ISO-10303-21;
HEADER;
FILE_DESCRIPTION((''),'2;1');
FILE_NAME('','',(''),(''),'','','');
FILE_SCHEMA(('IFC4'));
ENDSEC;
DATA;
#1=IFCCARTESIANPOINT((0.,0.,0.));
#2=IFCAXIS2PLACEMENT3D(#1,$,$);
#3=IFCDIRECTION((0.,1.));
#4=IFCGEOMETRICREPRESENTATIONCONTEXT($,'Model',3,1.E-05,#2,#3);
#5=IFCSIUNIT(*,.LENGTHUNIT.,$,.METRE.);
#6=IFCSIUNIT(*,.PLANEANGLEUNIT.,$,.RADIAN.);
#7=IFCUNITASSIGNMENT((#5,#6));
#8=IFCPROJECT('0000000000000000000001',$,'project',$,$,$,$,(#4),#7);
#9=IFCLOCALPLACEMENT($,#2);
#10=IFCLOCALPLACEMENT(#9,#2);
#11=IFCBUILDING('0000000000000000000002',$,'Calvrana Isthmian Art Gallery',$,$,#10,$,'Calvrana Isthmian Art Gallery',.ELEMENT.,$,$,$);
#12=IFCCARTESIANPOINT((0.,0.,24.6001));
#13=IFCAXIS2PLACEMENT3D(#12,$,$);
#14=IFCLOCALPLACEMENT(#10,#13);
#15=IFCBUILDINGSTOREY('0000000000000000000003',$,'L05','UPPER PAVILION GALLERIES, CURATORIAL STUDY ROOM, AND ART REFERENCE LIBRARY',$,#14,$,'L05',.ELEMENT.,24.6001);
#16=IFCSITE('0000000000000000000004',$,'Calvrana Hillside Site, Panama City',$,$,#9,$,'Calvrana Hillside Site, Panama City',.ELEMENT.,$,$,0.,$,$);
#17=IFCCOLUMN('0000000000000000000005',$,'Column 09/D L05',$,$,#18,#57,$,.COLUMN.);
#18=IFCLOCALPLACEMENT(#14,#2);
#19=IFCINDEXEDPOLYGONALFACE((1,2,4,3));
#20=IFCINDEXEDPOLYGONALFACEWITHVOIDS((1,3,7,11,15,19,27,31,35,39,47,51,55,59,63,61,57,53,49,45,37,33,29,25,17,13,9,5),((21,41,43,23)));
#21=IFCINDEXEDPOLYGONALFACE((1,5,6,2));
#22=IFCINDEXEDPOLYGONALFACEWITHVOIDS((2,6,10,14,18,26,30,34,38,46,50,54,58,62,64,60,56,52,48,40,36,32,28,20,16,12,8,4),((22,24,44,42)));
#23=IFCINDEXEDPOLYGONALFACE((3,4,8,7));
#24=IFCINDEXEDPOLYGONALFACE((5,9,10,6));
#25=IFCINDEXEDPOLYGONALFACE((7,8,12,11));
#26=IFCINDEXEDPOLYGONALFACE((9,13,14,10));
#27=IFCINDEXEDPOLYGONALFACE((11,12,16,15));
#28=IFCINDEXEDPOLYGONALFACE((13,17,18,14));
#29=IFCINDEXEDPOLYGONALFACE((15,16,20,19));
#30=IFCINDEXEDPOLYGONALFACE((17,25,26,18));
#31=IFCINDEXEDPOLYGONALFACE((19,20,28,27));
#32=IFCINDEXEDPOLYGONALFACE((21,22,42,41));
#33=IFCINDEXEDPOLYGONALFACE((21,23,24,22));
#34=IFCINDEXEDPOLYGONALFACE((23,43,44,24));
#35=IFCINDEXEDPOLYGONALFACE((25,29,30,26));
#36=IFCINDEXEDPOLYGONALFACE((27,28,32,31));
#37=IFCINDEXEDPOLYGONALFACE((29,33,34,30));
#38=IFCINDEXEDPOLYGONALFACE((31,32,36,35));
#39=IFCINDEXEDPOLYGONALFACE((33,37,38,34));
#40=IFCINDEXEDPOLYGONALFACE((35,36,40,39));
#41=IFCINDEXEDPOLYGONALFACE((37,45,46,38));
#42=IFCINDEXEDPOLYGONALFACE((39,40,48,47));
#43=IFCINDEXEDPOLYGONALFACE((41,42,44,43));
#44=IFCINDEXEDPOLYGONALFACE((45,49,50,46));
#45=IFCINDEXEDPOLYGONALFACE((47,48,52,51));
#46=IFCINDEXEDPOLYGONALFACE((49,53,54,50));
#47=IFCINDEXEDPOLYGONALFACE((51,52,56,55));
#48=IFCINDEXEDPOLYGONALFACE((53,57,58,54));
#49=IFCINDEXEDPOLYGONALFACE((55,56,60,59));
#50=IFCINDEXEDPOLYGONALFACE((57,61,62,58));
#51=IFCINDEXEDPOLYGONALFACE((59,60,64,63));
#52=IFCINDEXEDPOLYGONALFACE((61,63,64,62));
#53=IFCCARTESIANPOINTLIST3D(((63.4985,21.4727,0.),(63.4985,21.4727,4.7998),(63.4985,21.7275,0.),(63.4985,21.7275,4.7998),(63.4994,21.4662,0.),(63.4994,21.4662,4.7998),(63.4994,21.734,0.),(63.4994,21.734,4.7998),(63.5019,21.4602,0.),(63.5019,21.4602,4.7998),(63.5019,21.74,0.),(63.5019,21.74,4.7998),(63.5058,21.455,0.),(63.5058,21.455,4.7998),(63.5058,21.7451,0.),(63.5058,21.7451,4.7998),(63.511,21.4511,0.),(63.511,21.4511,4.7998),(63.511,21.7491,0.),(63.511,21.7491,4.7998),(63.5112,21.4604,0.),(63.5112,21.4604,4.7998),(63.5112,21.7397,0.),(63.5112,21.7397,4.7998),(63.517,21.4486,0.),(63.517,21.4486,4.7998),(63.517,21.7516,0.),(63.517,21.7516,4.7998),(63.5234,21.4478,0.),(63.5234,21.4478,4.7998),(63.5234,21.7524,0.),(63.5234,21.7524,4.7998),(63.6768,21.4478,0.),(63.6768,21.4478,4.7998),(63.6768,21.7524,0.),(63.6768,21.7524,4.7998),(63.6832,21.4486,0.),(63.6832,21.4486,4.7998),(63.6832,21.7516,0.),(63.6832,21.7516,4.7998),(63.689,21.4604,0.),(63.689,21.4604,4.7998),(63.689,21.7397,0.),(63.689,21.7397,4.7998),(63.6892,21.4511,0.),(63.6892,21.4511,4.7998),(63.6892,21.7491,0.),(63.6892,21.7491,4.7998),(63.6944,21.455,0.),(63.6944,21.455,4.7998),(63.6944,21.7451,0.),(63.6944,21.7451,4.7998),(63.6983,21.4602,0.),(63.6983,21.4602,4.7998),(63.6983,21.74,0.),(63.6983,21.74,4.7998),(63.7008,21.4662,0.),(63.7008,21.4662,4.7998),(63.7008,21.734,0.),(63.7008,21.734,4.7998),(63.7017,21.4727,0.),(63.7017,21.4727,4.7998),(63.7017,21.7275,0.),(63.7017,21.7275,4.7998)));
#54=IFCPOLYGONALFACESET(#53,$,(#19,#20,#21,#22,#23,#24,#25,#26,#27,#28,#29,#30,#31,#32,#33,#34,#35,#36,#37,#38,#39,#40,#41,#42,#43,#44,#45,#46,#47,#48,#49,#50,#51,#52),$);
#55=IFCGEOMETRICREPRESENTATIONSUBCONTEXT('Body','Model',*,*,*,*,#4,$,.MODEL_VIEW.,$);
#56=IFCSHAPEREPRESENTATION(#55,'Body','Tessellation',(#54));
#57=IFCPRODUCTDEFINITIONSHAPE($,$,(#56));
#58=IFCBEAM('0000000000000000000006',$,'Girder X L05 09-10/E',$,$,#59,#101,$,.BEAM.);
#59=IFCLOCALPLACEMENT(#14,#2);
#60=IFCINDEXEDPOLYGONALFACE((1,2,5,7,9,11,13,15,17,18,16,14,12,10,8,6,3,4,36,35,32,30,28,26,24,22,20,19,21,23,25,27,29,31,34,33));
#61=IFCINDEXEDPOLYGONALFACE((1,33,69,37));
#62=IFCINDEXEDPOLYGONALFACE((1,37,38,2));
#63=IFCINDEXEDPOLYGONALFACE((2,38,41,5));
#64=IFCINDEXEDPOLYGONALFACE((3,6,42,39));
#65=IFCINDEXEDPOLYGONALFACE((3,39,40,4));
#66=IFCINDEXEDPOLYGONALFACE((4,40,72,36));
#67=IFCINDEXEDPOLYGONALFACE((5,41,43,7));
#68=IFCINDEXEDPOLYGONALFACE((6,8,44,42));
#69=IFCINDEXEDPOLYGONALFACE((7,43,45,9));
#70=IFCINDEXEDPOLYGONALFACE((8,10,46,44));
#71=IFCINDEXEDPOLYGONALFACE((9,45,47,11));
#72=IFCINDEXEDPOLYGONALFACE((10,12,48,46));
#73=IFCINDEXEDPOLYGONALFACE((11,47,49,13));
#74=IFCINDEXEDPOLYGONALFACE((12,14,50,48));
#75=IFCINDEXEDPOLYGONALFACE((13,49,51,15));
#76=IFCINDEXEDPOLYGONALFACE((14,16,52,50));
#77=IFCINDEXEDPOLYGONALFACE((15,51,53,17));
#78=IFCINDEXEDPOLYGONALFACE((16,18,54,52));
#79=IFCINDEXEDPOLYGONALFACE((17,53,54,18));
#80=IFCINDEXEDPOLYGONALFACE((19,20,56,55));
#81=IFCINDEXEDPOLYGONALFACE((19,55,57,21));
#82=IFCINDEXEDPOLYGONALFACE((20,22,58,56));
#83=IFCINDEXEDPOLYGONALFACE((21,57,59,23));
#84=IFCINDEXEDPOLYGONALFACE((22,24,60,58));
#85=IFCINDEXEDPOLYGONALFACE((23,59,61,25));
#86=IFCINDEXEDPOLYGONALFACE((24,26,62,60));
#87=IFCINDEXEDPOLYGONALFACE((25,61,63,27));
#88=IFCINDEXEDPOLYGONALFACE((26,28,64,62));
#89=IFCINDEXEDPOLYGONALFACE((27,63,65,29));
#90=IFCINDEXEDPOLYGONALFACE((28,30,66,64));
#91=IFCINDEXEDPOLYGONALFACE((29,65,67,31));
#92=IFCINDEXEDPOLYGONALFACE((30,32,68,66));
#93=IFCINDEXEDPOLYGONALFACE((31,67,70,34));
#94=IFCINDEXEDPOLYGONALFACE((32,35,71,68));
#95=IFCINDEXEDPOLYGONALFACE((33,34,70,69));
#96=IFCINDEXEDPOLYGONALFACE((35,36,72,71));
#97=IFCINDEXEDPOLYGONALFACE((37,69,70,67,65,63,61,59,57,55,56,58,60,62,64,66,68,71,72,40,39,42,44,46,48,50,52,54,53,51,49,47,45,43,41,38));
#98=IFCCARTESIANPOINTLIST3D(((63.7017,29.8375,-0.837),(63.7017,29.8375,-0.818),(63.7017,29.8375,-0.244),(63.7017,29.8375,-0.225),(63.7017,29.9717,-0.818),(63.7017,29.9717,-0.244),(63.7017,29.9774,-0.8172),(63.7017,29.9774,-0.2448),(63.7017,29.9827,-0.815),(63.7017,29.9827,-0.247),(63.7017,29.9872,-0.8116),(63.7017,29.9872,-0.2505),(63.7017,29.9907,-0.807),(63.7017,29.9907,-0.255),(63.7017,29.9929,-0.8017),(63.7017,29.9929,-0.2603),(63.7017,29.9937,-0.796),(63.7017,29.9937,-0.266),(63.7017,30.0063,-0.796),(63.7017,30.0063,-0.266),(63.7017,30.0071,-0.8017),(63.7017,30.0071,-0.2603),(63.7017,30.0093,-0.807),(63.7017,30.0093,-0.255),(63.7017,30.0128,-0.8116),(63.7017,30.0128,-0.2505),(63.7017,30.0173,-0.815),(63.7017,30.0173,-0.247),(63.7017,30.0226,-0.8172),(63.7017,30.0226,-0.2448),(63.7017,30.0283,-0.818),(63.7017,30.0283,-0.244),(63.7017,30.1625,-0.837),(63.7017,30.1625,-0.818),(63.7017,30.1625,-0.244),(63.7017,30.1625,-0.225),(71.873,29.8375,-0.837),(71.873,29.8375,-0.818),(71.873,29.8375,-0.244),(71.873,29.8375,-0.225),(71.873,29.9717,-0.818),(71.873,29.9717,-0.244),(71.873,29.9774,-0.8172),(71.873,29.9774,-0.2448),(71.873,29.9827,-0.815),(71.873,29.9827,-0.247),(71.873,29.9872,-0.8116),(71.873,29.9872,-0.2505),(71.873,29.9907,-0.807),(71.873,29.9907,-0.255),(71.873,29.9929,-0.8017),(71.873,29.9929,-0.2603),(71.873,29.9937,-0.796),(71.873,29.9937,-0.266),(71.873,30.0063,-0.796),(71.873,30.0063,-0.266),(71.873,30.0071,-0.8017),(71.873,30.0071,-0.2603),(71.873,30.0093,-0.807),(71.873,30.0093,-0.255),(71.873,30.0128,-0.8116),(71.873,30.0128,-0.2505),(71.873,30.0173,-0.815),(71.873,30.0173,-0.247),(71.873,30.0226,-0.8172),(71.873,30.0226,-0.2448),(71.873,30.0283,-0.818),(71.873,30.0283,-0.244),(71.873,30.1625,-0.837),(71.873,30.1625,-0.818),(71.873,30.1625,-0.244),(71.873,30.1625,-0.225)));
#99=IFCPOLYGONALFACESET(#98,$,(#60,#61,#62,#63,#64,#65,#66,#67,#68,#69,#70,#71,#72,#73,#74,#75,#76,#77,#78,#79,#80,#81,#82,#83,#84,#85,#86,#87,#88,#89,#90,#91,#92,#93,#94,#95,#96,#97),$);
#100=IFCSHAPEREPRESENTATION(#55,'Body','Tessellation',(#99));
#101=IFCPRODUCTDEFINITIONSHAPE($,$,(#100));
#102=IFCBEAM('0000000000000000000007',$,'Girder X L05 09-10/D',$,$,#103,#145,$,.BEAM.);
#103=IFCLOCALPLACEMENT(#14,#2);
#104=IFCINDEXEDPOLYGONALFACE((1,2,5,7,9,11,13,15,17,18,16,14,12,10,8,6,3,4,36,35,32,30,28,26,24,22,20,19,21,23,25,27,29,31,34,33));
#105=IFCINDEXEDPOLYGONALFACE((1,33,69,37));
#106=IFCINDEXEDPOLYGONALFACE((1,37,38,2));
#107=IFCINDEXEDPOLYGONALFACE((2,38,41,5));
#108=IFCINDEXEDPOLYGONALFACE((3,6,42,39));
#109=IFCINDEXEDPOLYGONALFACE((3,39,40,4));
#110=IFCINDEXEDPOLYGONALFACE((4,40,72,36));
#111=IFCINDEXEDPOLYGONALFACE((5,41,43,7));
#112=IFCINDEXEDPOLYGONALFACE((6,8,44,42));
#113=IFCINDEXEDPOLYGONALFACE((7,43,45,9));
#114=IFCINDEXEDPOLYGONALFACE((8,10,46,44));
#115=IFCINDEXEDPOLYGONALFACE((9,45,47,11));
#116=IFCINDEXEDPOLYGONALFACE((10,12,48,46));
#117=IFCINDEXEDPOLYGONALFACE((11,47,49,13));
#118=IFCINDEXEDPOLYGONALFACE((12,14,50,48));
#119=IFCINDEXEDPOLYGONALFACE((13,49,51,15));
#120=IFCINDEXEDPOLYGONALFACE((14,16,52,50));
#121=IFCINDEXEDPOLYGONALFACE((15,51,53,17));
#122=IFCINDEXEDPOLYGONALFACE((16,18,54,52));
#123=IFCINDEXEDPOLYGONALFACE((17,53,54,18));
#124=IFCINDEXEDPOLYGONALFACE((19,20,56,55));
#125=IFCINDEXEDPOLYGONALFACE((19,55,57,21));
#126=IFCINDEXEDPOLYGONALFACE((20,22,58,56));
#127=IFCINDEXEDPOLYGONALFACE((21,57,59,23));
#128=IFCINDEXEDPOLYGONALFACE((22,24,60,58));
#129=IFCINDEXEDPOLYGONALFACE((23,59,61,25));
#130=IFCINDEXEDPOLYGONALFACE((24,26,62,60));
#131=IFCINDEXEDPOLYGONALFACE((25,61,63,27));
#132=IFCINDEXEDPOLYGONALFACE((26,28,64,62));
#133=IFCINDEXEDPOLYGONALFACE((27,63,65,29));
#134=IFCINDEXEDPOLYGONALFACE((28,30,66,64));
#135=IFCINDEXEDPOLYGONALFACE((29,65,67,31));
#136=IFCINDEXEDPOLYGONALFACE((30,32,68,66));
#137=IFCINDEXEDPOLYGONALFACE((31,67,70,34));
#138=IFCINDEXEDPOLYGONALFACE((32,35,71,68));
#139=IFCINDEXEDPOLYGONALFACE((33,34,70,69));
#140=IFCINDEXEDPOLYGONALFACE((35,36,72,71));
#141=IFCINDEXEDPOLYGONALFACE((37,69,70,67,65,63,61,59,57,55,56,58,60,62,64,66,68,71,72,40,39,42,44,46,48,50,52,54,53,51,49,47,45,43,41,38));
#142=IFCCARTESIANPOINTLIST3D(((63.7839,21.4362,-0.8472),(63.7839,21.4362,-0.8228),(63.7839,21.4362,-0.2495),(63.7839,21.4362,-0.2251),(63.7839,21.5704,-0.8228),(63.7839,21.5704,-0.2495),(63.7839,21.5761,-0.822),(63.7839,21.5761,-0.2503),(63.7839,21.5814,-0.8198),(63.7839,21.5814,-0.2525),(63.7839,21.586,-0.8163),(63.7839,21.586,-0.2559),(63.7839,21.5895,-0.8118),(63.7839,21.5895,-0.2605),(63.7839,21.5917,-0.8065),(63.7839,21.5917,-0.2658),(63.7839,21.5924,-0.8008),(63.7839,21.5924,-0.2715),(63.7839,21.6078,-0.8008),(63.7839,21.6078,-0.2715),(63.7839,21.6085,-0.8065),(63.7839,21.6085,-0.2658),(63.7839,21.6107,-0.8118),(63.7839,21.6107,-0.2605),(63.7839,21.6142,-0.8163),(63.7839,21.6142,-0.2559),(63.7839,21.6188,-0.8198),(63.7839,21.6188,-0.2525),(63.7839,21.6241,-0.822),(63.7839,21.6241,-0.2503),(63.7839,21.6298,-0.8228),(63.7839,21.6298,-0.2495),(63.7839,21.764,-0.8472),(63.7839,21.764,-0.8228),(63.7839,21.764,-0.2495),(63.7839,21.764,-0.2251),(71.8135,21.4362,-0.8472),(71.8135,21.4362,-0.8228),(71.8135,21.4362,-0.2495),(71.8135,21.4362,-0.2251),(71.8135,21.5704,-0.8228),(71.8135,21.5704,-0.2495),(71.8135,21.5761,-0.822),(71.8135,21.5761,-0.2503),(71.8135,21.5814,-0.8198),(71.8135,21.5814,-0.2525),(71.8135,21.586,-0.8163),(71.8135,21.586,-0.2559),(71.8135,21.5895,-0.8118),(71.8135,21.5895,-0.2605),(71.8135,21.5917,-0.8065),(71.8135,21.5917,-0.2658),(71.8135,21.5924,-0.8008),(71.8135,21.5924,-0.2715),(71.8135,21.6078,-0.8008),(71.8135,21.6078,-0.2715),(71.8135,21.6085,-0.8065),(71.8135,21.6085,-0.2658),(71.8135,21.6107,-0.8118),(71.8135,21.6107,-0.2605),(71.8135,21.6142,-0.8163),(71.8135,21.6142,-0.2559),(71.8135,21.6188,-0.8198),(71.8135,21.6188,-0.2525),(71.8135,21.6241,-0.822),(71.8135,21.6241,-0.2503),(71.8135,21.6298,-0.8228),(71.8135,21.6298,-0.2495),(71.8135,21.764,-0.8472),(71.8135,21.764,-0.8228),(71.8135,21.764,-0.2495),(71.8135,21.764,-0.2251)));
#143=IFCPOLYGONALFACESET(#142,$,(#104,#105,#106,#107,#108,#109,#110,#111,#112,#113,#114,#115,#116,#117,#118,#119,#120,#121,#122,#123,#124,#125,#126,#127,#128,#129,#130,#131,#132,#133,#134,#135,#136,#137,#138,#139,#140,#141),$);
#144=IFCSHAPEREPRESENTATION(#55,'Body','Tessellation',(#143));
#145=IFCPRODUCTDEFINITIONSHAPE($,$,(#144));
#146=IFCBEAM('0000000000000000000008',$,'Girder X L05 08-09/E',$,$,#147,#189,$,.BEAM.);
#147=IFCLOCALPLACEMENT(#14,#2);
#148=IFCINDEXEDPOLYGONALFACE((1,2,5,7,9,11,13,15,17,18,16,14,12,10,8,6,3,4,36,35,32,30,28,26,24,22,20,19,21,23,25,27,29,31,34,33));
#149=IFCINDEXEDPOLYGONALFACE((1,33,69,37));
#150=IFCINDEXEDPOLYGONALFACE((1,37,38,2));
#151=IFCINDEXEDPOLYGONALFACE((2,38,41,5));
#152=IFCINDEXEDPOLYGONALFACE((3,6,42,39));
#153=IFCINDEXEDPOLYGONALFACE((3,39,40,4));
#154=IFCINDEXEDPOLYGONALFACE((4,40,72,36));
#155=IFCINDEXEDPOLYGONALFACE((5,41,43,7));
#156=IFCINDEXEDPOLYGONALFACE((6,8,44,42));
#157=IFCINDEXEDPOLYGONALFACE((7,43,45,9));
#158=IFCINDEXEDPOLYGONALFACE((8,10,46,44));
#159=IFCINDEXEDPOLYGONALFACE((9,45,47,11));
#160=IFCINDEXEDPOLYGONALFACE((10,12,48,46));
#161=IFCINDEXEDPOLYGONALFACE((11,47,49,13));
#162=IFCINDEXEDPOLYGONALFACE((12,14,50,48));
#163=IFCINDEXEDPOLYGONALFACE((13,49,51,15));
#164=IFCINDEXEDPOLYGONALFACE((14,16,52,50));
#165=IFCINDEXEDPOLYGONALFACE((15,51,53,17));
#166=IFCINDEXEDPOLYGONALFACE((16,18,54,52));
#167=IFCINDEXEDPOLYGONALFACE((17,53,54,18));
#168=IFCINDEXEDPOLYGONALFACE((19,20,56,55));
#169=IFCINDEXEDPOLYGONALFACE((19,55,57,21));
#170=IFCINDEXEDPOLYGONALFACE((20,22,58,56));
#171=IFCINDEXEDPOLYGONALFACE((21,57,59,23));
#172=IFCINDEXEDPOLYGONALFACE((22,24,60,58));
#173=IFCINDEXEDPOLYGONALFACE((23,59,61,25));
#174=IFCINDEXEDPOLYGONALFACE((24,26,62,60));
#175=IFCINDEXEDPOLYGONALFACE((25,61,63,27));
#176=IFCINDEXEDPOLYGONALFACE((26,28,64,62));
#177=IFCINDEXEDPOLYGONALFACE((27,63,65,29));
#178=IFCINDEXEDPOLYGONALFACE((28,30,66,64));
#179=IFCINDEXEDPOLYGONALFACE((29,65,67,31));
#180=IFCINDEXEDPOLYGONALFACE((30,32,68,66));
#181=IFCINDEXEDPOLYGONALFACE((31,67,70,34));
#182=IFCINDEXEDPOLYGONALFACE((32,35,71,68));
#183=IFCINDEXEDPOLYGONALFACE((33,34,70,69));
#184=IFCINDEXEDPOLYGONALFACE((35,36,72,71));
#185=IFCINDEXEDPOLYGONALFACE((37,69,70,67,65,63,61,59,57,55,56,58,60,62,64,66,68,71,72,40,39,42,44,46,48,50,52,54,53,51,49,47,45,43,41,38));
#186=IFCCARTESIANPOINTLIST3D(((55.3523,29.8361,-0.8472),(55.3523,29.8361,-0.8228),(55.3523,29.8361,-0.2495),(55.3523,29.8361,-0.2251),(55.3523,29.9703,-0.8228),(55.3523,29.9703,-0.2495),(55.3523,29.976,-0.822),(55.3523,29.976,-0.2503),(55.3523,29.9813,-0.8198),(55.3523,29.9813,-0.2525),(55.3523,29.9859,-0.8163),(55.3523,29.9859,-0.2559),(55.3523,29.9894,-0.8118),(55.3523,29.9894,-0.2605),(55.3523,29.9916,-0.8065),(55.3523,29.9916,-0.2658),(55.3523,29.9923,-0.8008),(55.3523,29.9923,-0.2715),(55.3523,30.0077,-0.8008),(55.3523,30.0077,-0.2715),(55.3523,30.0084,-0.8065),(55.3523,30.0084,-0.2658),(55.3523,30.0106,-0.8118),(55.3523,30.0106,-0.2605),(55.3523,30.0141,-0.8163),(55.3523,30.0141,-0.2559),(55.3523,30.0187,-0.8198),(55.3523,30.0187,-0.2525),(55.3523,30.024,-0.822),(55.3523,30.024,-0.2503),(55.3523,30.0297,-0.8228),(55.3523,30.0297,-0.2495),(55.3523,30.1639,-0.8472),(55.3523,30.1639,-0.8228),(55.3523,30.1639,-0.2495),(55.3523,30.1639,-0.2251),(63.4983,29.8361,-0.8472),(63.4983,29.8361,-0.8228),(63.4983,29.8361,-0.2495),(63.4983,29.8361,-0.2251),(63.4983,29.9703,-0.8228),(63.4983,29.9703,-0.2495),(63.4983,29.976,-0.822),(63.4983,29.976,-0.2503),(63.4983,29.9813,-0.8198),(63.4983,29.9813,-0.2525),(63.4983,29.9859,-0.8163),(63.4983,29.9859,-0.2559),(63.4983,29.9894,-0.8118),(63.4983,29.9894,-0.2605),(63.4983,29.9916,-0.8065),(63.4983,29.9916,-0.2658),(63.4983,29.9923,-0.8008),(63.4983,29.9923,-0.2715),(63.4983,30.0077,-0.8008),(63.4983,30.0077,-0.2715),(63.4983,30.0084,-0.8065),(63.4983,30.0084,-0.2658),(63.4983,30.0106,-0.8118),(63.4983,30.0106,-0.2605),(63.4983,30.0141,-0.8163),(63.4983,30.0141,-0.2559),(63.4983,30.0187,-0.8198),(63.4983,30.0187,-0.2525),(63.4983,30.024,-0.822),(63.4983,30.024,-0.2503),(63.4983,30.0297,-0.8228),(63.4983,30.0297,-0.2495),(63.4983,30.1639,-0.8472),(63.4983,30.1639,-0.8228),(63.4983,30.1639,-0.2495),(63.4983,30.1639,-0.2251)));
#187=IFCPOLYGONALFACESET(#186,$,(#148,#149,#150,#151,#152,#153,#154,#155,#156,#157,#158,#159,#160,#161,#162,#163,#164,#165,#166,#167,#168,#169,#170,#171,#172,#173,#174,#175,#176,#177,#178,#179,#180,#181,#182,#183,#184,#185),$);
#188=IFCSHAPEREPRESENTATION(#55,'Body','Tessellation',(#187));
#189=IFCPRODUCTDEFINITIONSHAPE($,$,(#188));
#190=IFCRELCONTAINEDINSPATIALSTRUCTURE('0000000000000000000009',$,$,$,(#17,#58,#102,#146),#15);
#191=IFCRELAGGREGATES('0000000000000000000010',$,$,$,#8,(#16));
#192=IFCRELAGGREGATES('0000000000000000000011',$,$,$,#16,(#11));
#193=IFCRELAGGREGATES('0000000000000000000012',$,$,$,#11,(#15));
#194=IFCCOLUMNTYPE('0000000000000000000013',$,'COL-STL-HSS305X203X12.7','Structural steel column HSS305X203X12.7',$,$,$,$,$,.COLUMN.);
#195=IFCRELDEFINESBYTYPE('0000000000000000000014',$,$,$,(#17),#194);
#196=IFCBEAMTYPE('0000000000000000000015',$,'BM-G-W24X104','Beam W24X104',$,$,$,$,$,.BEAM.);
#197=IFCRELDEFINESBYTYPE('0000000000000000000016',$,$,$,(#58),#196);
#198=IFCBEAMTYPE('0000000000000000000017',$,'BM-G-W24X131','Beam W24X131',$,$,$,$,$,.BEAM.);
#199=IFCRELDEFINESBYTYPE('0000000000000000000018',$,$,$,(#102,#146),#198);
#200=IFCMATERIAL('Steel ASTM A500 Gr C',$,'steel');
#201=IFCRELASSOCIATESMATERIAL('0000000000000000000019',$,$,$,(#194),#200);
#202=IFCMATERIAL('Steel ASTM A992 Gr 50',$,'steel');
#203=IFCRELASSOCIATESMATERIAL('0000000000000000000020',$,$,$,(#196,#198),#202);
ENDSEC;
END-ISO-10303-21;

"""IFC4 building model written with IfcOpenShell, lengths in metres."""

from ifc_helpers import new_model, si_unit, direction, frame, origin, origin_2d, place, context, subcontext, project, spatial, hollow_rectangle, i_section, extrude, material, material_profile, profile_set, type_object, element, save


model = new_model("IFC4")

# Units and contexts
model_context = context("Model", 3, precision=1e-05, world=origin(), true_north=direction((0.0, 1.0)))
body_context = subcontext(model_context, "Body", "Model", "MODEL_VIEW")
ifc_project = project(units=[si_unit("LENGTHUNIT", "METRE"), si_unit("PLANEANGLEUNIT", "RADIAN")], contexts=[model_context])

# Site, building, storey
site_placement = place(None, origin())
site = spatial("IfcSite", under=ifc_project, at=site_placement, Name="Calvrana Hillside Site, Panama City", LongName="Calvrana Hillside Site, Panama City", CompositionType="ELEMENT", RefElevation=0.0)
building_placement = place(site_placement, origin())
building = spatial("IfcBuilding", under=site, at=building_placement, Name="Calvrana Isthmian Art Gallery", LongName="Calvrana Isthmian Art Gallery", CompositionType="ELEMENT")
storey_placement = place(building_placement, frame((0.0, 0.0, 24.6001)))
storey = spatial("IfcBuildingStorey", under=building, at=storey_placement, Name="L05", Description="UPPER PAVILION GALLERIES, CURATORIAL STUDY ROOM, AND ART REFERENCE LIBRARY", LongName="L05", CompositionType="ELEMENT", Elevation=24.6001)

# Column
ifc_material_1 = material(Name="Steel ASTM A500 Gr C", Category="steel")
ifc_material_profile_1 = material_profile(ifc_material_1, hollow_rectangle(XDim=0.2031, YDim=0.3047, WallThickness=0.0127, OuterFilletRadius=0.0249, at=origin_2d()), Name="HSS305X203X12.7")
ifc_profile_set_1 = profile_set([ifc_material_profile_1], Name="Steel ASTM A500 Gr C")
column_type = type_object("IfcColumnType", Name="COL-STL-HSS305X203X12.7", Description="Structural steel column HSS305X203X12.7", PredefinedType="COLUMN", material=ifc_profile_set_1)
column_placement = place(storey_placement, frame((63.6001, 21.6001, 0.0), z_axis=(0.0, 0.0, 1.0), x_axis=(1.0, 0.0, 0.0)))
element("IfcColumn", 1, at=column_placement, inside=storey, type_object=column_type, Name="Column 09/D L05", PredefinedType="COLUMN", context=body_context, shape_type="SweptSolid", body=[
    extrude(hollow_rectangle(XDim=0.2031, YDim=0.3047, WallThickness=0.0127, OuterFilletRadius=0.0249, at=origin_2d()), origin(), (0.0, 0.0, 1.0), 4.7998),
])

# Beams
ifc_material_2 = material(Name="Steel ASTM A992 Gr 50", Category="steel")
ifc_material_profile_2 = material_profile(ifc_material_2, i_section(OverallWidth=0.325, OverallDepth=0.6121, WebThickness=0.0127, FlangeThickness=0.019, FilletRadius=0.022, at=origin_2d()), Name="W24X104")
ifc_profile_set_2 = profile_set([ifc_material_profile_2], Name="Steel ASTM A992 Gr 50")
beam_type_1 = type_object("IfcBeamType", Name="BM-G-W24X104", Description="Beam W24X104", PredefinedType="BEAM", material=ifc_profile_set_2)
beam_1_placement = place(storey_placement, frame((63.7017, 30.0, -0.531), z_axis=(1.0, 0.0, 0.0), x_axis=(0.0, 1.0, 0.0)))
element("IfcBeam", 2, at=beam_1_placement, inside=storey, type_object=beam_type_1, Name="Girder X L05 09-10/E", PredefinedType="BEAM", context=body_context, shape_type="SweptSolid", body=[
    extrude(i_section(OverallWidth=0.325, OverallDepth=0.6121, WebThickness=0.0127, FlangeThickness=0.019, FilletRadius=0.022, at=origin_2d()), origin(), (0.0, 0.0, 1.0), 8.1714),
])
ifc_material_profile_3 = material_profile(ifc_material_2, i_section(OverallWidth=0.3279, OverallDepth=0.6221, WebThickness=0.0154, FlangeThickness=0.0244, FilletRadius=0.022, at=origin_2d()), Name="W24X131")
ifc_profile_set_3 = profile_set([ifc_material_profile_3], Name="Steel ASTM A992 Gr 50")
beam_type_2 = type_object("IfcBeamType", Name="BM-G-W24X131", Description="Beam W24X131", PredefinedType="BEAM", material=ifc_profile_set_3)
beam_2_placement = place(storey_placement, frame((63.7839, 21.6001, -0.5361), z_axis=(1.0, 0.0, 0.0), x_axis=(0.0, 1.0, 0.0)))
element("IfcBeam", 3, at=beam_2_placement, inside=storey, type_object=beam_type_2, Name="Girder X L05 09-10/D", PredefinedType="BEAM", context=body_context, shape_type="SweptSolid", body=[
    extrude(i_section(OverallWidth=0.3279, OverallDepth=0.6221, WebThickness=0.0154, FlangeThickness=0.0244, FilletRadius=0.022, at=origin_2d()), origin(), (0.0, 0.0, 1.0), 8.0295),
])
beam_3_placement = place(storey_placement, frame((55.3523, 30.0, -0.5361), z_axis=(1.0, 0.0, 0.0), x_axis=(0.0, 1.0, 0.0)))
element("IfcBeam", 4, at=beam_3_placement, inside=storey, type_object=beam_type_2, Name="Girder X L05 08-09/E", PredefinedType="BEAM", context=body_context, shape_type="SweptSolid", body=[
    extrude(i_section(OverallWidth=0.3279, OverallDepth=0.6221, WebThickness=0.0154, FlangeThickness=0.0244, FilletRadius=0.022, at=origin_2d()), origin(), (0.0, 0.0, 1.0), 8.146),
])

save(model, "model.ifc")
